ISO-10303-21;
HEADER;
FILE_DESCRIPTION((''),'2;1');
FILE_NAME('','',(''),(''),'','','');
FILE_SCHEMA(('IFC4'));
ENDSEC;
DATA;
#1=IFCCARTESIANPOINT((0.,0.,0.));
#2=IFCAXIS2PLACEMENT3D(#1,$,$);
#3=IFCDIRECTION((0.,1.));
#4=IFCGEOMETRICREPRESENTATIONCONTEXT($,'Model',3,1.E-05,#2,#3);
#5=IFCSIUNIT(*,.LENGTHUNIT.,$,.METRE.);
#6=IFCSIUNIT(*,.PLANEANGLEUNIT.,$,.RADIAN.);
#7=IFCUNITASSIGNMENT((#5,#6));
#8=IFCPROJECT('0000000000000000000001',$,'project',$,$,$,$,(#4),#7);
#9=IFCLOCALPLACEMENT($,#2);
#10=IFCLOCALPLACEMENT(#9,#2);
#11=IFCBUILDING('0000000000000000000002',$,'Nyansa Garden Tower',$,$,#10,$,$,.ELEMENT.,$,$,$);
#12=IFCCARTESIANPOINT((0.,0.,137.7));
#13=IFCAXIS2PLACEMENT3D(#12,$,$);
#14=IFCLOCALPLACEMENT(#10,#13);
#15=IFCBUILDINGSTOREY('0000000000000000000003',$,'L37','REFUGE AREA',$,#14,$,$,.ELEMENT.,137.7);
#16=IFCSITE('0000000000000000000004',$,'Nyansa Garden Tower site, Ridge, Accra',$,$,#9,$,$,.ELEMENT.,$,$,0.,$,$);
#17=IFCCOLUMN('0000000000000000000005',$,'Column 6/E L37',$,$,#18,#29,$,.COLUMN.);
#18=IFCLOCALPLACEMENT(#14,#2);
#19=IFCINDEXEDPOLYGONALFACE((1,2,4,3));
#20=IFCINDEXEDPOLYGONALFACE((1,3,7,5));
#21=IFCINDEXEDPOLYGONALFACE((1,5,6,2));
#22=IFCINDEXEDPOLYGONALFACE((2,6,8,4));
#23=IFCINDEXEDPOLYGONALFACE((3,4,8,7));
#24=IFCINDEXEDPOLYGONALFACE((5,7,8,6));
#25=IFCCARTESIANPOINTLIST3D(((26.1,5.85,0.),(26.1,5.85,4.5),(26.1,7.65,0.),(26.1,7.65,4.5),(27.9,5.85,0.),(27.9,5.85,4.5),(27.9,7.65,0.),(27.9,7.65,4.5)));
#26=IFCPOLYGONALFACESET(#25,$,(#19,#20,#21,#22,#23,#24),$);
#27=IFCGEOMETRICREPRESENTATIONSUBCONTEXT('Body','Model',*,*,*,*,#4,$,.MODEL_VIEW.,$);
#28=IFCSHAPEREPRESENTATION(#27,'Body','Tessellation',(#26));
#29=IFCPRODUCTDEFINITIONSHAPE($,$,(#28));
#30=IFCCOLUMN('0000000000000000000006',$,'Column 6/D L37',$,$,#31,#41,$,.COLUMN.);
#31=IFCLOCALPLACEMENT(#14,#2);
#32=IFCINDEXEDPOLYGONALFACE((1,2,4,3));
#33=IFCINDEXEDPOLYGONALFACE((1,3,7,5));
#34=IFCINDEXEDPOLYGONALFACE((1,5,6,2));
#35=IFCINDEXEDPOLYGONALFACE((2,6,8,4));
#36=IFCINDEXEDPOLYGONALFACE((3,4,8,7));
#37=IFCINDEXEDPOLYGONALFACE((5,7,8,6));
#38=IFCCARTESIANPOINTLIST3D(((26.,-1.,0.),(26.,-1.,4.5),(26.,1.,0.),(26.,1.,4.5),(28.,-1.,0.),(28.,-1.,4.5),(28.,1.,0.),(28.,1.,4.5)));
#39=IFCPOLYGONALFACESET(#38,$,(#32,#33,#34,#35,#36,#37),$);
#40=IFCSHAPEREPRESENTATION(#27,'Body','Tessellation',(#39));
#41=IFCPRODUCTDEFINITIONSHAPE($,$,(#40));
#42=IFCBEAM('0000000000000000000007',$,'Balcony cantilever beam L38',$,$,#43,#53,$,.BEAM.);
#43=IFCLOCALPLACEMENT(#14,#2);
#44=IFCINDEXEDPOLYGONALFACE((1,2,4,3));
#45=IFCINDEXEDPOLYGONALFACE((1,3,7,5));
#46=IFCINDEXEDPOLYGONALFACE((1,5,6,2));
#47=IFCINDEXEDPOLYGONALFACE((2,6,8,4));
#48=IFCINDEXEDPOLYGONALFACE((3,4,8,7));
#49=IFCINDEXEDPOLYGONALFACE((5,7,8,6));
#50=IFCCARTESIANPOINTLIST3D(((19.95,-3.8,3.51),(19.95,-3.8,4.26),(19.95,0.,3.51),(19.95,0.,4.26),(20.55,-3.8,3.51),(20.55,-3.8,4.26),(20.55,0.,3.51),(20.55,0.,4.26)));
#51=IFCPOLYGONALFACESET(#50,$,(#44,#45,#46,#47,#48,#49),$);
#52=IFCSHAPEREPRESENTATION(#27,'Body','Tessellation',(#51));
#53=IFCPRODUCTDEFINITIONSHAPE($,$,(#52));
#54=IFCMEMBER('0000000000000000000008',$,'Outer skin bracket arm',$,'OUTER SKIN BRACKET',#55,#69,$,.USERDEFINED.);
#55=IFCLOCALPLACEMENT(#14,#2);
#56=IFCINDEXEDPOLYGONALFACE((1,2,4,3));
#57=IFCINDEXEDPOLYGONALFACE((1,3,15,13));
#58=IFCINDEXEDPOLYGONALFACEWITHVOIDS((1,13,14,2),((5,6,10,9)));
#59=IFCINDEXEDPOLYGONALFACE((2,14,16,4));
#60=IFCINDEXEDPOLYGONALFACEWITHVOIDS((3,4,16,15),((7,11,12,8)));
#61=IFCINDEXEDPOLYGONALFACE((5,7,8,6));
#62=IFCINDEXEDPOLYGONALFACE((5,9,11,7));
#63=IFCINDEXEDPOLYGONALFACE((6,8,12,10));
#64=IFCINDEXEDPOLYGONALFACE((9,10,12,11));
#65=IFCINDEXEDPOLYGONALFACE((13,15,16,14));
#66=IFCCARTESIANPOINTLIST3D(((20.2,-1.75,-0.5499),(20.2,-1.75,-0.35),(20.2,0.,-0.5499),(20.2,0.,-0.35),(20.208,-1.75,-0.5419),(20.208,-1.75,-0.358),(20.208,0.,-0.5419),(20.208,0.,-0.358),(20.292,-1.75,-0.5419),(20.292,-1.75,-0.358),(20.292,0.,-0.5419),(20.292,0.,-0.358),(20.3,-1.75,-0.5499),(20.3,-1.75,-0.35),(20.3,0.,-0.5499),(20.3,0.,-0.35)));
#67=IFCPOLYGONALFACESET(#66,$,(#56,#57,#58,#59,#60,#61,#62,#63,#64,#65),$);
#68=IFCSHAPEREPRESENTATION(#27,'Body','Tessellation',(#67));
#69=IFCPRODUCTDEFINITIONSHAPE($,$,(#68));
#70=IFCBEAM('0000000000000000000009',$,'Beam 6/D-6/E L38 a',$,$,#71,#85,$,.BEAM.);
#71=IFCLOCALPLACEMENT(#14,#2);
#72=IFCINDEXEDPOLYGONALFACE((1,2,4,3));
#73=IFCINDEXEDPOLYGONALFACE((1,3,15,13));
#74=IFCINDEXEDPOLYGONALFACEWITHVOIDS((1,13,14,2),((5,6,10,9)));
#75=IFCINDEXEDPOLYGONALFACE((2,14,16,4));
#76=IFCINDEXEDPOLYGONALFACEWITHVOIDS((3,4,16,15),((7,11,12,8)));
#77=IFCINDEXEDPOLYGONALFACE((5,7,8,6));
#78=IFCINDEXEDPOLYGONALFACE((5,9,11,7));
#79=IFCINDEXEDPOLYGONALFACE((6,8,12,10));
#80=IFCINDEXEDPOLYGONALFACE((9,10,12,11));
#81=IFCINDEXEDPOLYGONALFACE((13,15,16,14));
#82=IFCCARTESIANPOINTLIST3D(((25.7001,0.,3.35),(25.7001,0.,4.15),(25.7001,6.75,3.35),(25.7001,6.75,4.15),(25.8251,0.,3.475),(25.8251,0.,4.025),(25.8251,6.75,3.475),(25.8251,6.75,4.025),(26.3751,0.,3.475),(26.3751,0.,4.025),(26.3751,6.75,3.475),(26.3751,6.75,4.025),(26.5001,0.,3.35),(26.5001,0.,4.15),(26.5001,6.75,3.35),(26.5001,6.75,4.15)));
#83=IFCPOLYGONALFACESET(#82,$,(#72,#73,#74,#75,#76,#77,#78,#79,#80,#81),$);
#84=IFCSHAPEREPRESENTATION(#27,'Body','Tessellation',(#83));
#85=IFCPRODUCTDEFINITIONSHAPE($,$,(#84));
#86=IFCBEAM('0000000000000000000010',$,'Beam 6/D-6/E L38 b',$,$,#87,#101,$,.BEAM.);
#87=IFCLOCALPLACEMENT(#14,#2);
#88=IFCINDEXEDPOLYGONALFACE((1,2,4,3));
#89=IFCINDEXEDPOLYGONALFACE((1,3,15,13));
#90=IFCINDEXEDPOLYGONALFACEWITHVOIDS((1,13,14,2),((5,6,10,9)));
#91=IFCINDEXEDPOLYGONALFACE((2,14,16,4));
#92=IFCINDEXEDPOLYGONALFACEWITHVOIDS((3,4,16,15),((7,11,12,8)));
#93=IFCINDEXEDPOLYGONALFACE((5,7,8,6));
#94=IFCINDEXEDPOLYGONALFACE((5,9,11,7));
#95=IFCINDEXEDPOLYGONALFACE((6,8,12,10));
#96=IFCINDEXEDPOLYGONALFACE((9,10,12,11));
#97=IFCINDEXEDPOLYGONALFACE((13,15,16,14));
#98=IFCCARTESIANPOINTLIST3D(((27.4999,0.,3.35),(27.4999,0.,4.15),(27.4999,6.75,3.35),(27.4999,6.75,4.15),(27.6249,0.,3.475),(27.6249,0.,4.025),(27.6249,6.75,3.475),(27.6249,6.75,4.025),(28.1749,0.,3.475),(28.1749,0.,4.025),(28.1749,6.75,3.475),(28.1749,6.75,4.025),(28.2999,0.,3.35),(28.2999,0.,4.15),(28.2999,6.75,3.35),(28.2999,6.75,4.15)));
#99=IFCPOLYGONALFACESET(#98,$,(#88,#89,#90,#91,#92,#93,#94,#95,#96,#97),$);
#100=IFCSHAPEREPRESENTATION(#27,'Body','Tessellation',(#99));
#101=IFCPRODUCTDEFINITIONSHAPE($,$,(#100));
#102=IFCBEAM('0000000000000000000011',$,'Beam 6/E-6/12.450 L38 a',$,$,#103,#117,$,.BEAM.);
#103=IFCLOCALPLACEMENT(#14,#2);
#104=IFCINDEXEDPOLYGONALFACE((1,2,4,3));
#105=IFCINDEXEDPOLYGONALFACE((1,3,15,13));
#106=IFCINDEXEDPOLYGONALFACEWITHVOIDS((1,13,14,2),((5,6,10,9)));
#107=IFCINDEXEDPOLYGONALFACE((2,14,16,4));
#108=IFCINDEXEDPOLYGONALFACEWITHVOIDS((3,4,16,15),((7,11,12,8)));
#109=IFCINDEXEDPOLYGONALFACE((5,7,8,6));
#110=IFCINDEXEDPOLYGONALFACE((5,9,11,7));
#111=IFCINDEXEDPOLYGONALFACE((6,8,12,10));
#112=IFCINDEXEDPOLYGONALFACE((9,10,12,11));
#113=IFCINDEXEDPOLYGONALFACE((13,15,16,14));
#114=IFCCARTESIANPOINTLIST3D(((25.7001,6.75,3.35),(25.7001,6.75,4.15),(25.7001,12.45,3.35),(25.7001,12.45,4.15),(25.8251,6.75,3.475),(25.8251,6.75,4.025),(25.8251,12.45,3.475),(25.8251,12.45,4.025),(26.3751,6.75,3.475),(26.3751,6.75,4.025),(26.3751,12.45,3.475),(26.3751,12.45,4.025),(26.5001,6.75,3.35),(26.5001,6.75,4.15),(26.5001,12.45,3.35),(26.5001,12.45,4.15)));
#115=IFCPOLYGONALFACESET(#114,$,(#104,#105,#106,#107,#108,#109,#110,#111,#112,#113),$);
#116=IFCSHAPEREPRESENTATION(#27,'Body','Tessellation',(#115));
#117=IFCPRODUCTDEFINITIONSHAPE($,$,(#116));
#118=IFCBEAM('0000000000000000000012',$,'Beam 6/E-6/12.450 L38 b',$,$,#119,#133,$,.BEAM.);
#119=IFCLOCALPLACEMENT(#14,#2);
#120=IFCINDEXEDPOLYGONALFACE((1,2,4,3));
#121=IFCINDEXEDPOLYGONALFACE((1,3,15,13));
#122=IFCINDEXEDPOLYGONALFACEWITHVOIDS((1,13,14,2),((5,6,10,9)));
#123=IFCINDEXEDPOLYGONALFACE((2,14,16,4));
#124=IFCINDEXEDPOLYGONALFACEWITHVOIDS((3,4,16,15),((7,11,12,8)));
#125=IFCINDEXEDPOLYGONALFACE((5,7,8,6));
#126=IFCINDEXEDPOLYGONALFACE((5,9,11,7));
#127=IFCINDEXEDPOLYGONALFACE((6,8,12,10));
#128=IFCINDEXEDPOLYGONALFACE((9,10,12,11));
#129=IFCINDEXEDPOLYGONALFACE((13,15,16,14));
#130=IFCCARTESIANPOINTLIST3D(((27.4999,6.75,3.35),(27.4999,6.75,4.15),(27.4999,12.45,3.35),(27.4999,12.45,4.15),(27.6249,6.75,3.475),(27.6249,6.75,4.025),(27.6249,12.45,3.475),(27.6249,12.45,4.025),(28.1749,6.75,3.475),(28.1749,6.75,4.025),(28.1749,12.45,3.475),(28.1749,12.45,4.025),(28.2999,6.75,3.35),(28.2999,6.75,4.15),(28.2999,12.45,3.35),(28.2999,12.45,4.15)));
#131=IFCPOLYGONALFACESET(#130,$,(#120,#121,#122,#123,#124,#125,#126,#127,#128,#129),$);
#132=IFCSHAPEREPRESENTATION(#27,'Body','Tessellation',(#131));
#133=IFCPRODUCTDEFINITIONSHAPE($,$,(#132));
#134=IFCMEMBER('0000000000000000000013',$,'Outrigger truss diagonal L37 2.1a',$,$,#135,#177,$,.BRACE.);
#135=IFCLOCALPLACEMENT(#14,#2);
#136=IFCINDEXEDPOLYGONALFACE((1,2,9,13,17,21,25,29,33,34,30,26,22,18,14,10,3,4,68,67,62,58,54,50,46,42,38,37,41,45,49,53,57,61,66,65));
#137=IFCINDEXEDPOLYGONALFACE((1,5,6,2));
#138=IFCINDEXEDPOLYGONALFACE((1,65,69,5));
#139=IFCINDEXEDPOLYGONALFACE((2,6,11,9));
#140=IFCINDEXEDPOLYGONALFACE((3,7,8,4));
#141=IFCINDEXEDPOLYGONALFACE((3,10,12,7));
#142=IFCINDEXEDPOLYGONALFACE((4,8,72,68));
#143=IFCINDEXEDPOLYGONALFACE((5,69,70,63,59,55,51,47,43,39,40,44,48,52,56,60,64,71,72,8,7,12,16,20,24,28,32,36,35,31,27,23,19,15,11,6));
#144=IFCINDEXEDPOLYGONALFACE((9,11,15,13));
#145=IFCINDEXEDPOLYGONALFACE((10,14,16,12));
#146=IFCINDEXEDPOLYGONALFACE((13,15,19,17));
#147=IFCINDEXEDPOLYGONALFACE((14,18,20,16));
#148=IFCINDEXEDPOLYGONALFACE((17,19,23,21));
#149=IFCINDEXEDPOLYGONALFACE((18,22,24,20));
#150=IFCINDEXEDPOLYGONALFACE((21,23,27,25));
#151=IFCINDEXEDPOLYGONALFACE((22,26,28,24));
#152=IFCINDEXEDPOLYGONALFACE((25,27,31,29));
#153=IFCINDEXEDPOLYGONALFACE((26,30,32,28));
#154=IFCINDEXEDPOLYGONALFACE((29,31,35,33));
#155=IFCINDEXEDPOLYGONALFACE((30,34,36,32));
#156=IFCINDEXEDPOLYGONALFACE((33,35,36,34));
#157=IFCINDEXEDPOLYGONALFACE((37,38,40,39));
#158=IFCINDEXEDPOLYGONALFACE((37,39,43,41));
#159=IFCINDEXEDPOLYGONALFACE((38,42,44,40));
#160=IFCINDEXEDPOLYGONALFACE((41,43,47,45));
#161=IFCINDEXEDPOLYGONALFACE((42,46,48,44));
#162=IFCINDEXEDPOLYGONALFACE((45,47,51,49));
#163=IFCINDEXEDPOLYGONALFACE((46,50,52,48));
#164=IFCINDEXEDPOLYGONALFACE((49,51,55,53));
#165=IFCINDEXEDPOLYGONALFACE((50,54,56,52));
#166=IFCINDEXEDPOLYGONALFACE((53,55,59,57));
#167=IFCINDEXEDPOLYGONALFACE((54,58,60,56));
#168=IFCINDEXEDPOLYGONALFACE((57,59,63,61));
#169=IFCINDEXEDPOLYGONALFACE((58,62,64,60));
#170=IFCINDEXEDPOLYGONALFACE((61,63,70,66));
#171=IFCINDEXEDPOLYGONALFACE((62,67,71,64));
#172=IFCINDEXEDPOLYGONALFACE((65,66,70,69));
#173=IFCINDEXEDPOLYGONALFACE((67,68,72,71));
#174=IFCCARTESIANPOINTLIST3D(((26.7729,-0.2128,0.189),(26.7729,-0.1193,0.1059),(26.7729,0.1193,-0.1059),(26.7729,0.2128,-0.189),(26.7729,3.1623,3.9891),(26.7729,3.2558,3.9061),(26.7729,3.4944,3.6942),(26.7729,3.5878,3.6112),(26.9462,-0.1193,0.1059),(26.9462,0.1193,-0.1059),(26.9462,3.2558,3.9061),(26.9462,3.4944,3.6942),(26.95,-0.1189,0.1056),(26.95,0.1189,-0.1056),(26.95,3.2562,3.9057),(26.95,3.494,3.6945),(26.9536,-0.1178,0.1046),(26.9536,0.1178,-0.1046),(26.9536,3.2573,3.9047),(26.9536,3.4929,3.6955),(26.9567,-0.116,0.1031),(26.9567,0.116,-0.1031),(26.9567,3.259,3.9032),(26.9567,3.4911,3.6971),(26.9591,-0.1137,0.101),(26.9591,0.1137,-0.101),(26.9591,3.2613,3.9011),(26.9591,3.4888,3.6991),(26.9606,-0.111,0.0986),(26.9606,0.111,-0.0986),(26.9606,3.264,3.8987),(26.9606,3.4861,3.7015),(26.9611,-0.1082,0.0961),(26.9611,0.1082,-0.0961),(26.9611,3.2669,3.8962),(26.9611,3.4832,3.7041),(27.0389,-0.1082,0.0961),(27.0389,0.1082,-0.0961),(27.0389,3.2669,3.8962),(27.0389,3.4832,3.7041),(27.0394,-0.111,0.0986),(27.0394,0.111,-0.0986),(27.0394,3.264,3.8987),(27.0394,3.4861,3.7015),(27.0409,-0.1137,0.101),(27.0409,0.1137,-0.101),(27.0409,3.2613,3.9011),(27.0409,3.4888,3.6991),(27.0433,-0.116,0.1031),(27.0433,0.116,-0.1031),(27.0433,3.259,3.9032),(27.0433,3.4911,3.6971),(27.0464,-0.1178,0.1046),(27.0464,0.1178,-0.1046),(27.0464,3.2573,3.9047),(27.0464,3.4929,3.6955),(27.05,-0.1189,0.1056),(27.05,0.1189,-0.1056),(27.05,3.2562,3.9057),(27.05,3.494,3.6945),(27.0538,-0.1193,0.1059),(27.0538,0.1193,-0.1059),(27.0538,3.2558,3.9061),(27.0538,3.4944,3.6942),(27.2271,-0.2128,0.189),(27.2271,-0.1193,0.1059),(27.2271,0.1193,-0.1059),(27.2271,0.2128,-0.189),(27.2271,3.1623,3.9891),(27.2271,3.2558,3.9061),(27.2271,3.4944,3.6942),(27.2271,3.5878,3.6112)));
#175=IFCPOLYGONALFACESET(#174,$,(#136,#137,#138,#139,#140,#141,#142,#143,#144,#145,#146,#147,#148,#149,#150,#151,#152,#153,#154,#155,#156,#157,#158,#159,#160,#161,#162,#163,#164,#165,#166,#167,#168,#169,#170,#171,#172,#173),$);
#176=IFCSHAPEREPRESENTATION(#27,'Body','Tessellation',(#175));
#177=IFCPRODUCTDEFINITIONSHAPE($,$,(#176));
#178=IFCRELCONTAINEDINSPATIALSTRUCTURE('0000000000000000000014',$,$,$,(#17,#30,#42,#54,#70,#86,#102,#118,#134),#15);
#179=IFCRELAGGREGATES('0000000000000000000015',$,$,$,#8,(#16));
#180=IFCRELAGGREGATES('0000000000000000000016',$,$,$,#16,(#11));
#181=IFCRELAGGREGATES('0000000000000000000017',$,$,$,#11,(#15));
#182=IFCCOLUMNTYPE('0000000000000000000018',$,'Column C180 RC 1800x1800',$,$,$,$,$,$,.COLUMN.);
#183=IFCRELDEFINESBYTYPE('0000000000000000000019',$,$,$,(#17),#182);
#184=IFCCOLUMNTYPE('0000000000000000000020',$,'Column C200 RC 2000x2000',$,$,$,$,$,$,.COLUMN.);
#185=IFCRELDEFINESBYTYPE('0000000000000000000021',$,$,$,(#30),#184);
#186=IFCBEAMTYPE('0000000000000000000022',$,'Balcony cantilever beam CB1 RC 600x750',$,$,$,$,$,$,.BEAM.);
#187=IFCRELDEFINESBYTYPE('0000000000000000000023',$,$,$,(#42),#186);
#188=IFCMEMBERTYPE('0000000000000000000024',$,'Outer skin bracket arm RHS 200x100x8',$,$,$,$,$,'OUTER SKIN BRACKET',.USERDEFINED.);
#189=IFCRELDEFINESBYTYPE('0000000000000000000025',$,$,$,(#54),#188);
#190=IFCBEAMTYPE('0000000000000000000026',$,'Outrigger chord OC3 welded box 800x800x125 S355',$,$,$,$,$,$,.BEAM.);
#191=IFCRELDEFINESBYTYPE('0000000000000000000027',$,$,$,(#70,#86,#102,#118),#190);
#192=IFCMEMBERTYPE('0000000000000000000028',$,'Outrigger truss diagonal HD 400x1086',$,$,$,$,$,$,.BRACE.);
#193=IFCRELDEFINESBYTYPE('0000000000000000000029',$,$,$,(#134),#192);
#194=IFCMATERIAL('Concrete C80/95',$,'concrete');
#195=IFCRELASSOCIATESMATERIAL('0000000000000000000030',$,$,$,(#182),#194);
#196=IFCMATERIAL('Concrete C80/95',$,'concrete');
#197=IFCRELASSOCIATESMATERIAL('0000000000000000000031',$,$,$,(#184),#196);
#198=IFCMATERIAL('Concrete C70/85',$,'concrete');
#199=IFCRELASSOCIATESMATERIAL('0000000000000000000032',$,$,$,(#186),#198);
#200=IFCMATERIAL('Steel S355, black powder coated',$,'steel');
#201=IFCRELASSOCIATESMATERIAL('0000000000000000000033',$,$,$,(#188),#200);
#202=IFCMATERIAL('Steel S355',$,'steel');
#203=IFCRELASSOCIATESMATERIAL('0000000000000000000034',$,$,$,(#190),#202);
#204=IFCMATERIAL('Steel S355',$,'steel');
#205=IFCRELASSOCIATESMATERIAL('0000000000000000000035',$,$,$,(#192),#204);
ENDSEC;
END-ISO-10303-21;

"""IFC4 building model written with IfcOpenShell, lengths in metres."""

from ifc_helpers import new_model, si_unit, direction, frame, origin, origin_2d, place, context, subcontext, project, spatial, rectangle, hollow_rectangle, i_section, extrude, material, material_profile, profile_set, type_object, element, save


model = new_model("IFC4")

# Units and contexts
model_context = context("Model", 3, precision=1e-05, world=origin(), true_north=direction((0.0, 1.0)))
body_context = subcontext(model_context, "Body", "Model", "MODEL_VIEW")
ifc_project = project(units=[si_unit("LENGTHUNIT", "METRE"), si_unit("PLANEANGLEUNIT", "RADIAN")], contexts=[model_context])

# Site, building, storey
site_placement = place(None, origin())
site = spatial("IfcSite", under=ifc_project, at=site_placement, Name="Nyansa Garden Tower site, Ridge, Accra", CompositionType="ELEMENT", RefElevation=0.0)
building_placement = place(site_placement, origin())
building = spatial("IfcBuilding", under=site, at=building_placement, Name="Nyansa Garden Tower", CompositionType="ELEMENT")
storey_placement = place(building_placement, frame((0.0, 0.0, 137.7)))
storey = spatial("IfcBuildingStorey", under=building, at=storey_placement, Name="L37", Description="REFUGE AREA", CompositionType="ELEMENT", Elevation=137.7)

# Columns
ifc_material_1 = material(Name="Concrete C80/95", Category="concrete")
ifc_material_profile_1 = material_profile(ifc_material_1, rectangle(XDim=1.8, YDim=1.8, at=origin_2d()), Name="RC 1800x1800")
ifc_profile_set_1 = profile_set([ifc_material_profile_1], Name="Concrete C80/95")
column_type_1 = type_object("IfcColumnType", Name="Column C180 RC 1800x1800", PredefinedType="COLUMN", material=ifc_profile_set_1)
column_1_placement = place(storey_placement, frame((27.0, 6.75, 0.0), z_axis=(0.0, 0.0, 1.0), x_axis=(1.0, 0.0, 0.0)))
element("IfcColumn", 1, at=column_1_placement, inside=storey, type_object=column_type_1, Name="Column 6/E L37", PredefinedType="COLUMN", context=body_context, shape_type="SweptSolid", body=[
    extrude(rectangle(XDim=1.8, YDim=1.8, at=origin_2d()), origin(), (0.0, 0.0, 1.0), 4.5),
])
ifc_material_2 = material(Name="Concrete C80/95", Category="concrete")
ifc_material_profile_2 = material_profile(ifc_material_2, rectangle(XDim=2.0, YDim=2.0, at=origin_2d()), Name="RC 2000x2000")
ifc_profile_set_2 = profile_set([ifc_material_profile_2], Name="Concrete C80/95")
column_type_2 = type_object("IfcColumnType", Name="Column C200 RC 2000x2000", PredefinedType="COLUMN", material=ifc_profile_set_2)
column_2_placement = place(storey_placement, frame((27.0, 0.0, 0.0), z_axis=(0.0, 0.0, 1.0), x_axis=(1.0, 0.0, 0.0)))
element("IfcColumn", 2, at=column_2_placement, inside=storey, type_object=column_type_2, Name="Column 6/D L37", PredefinedType="COLUMN", context=body_context, shape_type="SweptSolid", body=[
    extrude(rectangle(XDim=2.0, YDim=2.0, at=origin_2d()), origin(), (0.0, 0.0, 1.0), 4.5),
])

# Beam
ifc_material_3 = material(Name="Concrete C70/85", Category="concrete")
ifc_material_profile_3 = material_profile(ifc_material_3, rectangle(XDim=0.6001, YDim=0.75, at=origin_2d()), Name="RC 600x750")
ifc_profile_set_3 = profile_set([ifc_material_profile_3], Name="Concrete C70/85")
beam_type_1 = type_object("IfcBeamType", Name="Balcony cantilever beam CB1 RC 600x750", PredefinedType="BEAM", material=ifc_profile_set_3)
beam_1_placement = place(storey_placement, frame((20.25, 0.0, 3.885), z_axis=(0.0, -1.0, 0.0), x_axis=(1.0, 0.0, 0.0)))
element("IfcBeam", 3, at=beam_1_placement, inside=storey, type_object=beam_type_1, Name="Balcony cantilever beam L38", PredefinedType="BEAM", context=body_context, shape_type="SweptSolid", body=[
    extrude(rectangle(XDim=0.6001, YDim=0.75, at=origin_2d()), origin(), (0.0, 0.0, 1.0), 3.8),
])

# Member
ifc_material_4 = material(Name="Steel S355, black powder coated", Category="steel")
ifc_material_profile_4 = material_profile(ifc_material_4, hollow_rectangle(XDim=0.1001, YDim=0.2, WallThickness=0.0081, at=origin_2d()), Name="RHS 200x100x8")
ifc_profile_set_4 = profile_set([ifc_material_profile_4], Name="Steel S355, black powder coated")
member_type_1 = type_object("IfcMemberType", Name="Outer skin bracket arm RHS 200x100x8", ElementType="OUTER SKIN BRACKET", PredefinedType="USERDEFINED", material=ifc_profile_set_4)
member_1_placement = place(storey_placement, frame((20.25, 0.0, -0.45), z_axis=(0.0, -1.0, 0.0), x_axis=(1.0, 0.0, 0.0)))
element("IfcMember", 4, at=member_1_placement, inside=storey, type_object=member_type_1, Name="Outer skin bracket arm", ObjectType="OUTER SKIN BRACKET", PredefinedType="USERDEFINED", context=body_context, shape_type="SweptSolid", body=[
    extrude(hollow_rectangle(XDim=0.1001, YDim=0.2, WallThickness=0.0081, at=origin_2d()), origin(), (0.0, 0.0, 1.0), 1.75),
])

# Beams
ifc_material_5 = material(Name="Steel S355", Category="steel")
ifc_material_profile_5 = material_profile(ifc_material_5, hollow_rectangle(XDim=0.8, YDim=0.8, WallThickness=0.125, at=origin_2d()), Name="Welded box 800x800x125")
ifc_profile_set_5 = profile_set([ifc_material_profile_5], Name="Steel S355")
beam_type_2 = type_object("IfcBeamType", Name="Outrigger chord OC3 welded box 800x800x125 S355", PredefinedType="BEAM", material=ifc_profile_set_5)
for number, where, z_axis, x_axis, name in (
    (5, (26.1001, 0.0, 3.75), (0.0, 1.0, 0.0), (-1.0, 0.0, 0.0), "Beam 6/D-6/E L38 a"),
    (6, (27.8999, 0.0, 3.75), (0.0, 1.0, 0.0), (-1.0, 0.0, 0.0), "Beam 6/D-6/E L38 b"),
):
    element("IfcBeam", number, at=place(storey_placement, frame(where, z_axis=z_axis, x_axis=x_axis)), inside=storey, type_object=beam_type_2, Name=name, PredefinedType="BEAM", context=body_context, shape_type="SweptSolid", body=[
        extrude(hollow_rectangle(XDim=0.8, YDim=0.8, WallThickness=0.125, at=origin_2d()), origin(), (0.0, 0.0, 1.0), 6.75),
    ])
for number, where, z_axis, x_axis, name in (
    (7, (26.1001, 6.75, 3.75), (0.0, 1.0, 0.0), (-1.0, 0.0, 0.0), "Beam 6/E-6/12.450 L38 a"),
    (8, (27.8999, 6.75, 3.75), (0.0, 1.0, 0.0), (-1.0, 0.0, 0.0), "Beam 6/E-6/12.450 L38 b"),
):
    element("IfcBeam", number, at=place(storey_placement, frame(where, z_axis=z_axis, x_axis=x_axis)), inside=storey, type_object=beam_type_2, Name=name, PredefinedType="BEAM", context=body_context, shape_type="SweptSolid", body=[
        extrude(hollow_rectangle(XDim=0.8, YDim=0.8, WallThickness=0.125, at=origin_2d()), origin(), (0.0, 0.0, 1.0), 5.7),
    ])

# Member
ifc_material_6 = material(Name="Steel S355", Category="steel")
ifc_material_profile_6 = material_profile(ifc_material_6, i_section(OverallWidth=0.4541, OverallDepth=0.5691, WebThickness=0.0779, FlangeThickness=0.125, FilletRadius=0.0149, at=origin_2d()), Name="HD 400x1086")
ifc_profile_set_6 = profile_set([ifc_material_profile_6], Name="Steel S355")
member_type_2 = type_object("IfcMemberType", Name="Outrigger truss diagonal HD 400x1086", PredefinedType="BRACE", material=ifc_profile_set_6)
for number, where, z_axis, x_axis, name in (
    (9, (27.0, 0.0, 0.0), (0.0, 0.664054, 0.747685), (-1.0, 0.0, 0.0), "Outrigger truss diagonal L37 2.1a"),
):
    element("IfcMember", number, at=place(storey_placement, frame(where, z_axis=z_axis, x_axis=x_axis)), inside=storey, type_object=member_type_2, Name=name, PredefinedType="BRACE", context=body_context, shape_type="SweptSolid", body=[
        extrude(i_section(OverallWidth=0.4541, OverallDepth=0.5691, WebThickness=0.0779, FlangeThickness=0.125, FilletRadius=0.0149, at=origin_2d()), origin(), (0.0, 0.0, 1.0), 5.0825),
    ])

save(model, "model.ifc")
